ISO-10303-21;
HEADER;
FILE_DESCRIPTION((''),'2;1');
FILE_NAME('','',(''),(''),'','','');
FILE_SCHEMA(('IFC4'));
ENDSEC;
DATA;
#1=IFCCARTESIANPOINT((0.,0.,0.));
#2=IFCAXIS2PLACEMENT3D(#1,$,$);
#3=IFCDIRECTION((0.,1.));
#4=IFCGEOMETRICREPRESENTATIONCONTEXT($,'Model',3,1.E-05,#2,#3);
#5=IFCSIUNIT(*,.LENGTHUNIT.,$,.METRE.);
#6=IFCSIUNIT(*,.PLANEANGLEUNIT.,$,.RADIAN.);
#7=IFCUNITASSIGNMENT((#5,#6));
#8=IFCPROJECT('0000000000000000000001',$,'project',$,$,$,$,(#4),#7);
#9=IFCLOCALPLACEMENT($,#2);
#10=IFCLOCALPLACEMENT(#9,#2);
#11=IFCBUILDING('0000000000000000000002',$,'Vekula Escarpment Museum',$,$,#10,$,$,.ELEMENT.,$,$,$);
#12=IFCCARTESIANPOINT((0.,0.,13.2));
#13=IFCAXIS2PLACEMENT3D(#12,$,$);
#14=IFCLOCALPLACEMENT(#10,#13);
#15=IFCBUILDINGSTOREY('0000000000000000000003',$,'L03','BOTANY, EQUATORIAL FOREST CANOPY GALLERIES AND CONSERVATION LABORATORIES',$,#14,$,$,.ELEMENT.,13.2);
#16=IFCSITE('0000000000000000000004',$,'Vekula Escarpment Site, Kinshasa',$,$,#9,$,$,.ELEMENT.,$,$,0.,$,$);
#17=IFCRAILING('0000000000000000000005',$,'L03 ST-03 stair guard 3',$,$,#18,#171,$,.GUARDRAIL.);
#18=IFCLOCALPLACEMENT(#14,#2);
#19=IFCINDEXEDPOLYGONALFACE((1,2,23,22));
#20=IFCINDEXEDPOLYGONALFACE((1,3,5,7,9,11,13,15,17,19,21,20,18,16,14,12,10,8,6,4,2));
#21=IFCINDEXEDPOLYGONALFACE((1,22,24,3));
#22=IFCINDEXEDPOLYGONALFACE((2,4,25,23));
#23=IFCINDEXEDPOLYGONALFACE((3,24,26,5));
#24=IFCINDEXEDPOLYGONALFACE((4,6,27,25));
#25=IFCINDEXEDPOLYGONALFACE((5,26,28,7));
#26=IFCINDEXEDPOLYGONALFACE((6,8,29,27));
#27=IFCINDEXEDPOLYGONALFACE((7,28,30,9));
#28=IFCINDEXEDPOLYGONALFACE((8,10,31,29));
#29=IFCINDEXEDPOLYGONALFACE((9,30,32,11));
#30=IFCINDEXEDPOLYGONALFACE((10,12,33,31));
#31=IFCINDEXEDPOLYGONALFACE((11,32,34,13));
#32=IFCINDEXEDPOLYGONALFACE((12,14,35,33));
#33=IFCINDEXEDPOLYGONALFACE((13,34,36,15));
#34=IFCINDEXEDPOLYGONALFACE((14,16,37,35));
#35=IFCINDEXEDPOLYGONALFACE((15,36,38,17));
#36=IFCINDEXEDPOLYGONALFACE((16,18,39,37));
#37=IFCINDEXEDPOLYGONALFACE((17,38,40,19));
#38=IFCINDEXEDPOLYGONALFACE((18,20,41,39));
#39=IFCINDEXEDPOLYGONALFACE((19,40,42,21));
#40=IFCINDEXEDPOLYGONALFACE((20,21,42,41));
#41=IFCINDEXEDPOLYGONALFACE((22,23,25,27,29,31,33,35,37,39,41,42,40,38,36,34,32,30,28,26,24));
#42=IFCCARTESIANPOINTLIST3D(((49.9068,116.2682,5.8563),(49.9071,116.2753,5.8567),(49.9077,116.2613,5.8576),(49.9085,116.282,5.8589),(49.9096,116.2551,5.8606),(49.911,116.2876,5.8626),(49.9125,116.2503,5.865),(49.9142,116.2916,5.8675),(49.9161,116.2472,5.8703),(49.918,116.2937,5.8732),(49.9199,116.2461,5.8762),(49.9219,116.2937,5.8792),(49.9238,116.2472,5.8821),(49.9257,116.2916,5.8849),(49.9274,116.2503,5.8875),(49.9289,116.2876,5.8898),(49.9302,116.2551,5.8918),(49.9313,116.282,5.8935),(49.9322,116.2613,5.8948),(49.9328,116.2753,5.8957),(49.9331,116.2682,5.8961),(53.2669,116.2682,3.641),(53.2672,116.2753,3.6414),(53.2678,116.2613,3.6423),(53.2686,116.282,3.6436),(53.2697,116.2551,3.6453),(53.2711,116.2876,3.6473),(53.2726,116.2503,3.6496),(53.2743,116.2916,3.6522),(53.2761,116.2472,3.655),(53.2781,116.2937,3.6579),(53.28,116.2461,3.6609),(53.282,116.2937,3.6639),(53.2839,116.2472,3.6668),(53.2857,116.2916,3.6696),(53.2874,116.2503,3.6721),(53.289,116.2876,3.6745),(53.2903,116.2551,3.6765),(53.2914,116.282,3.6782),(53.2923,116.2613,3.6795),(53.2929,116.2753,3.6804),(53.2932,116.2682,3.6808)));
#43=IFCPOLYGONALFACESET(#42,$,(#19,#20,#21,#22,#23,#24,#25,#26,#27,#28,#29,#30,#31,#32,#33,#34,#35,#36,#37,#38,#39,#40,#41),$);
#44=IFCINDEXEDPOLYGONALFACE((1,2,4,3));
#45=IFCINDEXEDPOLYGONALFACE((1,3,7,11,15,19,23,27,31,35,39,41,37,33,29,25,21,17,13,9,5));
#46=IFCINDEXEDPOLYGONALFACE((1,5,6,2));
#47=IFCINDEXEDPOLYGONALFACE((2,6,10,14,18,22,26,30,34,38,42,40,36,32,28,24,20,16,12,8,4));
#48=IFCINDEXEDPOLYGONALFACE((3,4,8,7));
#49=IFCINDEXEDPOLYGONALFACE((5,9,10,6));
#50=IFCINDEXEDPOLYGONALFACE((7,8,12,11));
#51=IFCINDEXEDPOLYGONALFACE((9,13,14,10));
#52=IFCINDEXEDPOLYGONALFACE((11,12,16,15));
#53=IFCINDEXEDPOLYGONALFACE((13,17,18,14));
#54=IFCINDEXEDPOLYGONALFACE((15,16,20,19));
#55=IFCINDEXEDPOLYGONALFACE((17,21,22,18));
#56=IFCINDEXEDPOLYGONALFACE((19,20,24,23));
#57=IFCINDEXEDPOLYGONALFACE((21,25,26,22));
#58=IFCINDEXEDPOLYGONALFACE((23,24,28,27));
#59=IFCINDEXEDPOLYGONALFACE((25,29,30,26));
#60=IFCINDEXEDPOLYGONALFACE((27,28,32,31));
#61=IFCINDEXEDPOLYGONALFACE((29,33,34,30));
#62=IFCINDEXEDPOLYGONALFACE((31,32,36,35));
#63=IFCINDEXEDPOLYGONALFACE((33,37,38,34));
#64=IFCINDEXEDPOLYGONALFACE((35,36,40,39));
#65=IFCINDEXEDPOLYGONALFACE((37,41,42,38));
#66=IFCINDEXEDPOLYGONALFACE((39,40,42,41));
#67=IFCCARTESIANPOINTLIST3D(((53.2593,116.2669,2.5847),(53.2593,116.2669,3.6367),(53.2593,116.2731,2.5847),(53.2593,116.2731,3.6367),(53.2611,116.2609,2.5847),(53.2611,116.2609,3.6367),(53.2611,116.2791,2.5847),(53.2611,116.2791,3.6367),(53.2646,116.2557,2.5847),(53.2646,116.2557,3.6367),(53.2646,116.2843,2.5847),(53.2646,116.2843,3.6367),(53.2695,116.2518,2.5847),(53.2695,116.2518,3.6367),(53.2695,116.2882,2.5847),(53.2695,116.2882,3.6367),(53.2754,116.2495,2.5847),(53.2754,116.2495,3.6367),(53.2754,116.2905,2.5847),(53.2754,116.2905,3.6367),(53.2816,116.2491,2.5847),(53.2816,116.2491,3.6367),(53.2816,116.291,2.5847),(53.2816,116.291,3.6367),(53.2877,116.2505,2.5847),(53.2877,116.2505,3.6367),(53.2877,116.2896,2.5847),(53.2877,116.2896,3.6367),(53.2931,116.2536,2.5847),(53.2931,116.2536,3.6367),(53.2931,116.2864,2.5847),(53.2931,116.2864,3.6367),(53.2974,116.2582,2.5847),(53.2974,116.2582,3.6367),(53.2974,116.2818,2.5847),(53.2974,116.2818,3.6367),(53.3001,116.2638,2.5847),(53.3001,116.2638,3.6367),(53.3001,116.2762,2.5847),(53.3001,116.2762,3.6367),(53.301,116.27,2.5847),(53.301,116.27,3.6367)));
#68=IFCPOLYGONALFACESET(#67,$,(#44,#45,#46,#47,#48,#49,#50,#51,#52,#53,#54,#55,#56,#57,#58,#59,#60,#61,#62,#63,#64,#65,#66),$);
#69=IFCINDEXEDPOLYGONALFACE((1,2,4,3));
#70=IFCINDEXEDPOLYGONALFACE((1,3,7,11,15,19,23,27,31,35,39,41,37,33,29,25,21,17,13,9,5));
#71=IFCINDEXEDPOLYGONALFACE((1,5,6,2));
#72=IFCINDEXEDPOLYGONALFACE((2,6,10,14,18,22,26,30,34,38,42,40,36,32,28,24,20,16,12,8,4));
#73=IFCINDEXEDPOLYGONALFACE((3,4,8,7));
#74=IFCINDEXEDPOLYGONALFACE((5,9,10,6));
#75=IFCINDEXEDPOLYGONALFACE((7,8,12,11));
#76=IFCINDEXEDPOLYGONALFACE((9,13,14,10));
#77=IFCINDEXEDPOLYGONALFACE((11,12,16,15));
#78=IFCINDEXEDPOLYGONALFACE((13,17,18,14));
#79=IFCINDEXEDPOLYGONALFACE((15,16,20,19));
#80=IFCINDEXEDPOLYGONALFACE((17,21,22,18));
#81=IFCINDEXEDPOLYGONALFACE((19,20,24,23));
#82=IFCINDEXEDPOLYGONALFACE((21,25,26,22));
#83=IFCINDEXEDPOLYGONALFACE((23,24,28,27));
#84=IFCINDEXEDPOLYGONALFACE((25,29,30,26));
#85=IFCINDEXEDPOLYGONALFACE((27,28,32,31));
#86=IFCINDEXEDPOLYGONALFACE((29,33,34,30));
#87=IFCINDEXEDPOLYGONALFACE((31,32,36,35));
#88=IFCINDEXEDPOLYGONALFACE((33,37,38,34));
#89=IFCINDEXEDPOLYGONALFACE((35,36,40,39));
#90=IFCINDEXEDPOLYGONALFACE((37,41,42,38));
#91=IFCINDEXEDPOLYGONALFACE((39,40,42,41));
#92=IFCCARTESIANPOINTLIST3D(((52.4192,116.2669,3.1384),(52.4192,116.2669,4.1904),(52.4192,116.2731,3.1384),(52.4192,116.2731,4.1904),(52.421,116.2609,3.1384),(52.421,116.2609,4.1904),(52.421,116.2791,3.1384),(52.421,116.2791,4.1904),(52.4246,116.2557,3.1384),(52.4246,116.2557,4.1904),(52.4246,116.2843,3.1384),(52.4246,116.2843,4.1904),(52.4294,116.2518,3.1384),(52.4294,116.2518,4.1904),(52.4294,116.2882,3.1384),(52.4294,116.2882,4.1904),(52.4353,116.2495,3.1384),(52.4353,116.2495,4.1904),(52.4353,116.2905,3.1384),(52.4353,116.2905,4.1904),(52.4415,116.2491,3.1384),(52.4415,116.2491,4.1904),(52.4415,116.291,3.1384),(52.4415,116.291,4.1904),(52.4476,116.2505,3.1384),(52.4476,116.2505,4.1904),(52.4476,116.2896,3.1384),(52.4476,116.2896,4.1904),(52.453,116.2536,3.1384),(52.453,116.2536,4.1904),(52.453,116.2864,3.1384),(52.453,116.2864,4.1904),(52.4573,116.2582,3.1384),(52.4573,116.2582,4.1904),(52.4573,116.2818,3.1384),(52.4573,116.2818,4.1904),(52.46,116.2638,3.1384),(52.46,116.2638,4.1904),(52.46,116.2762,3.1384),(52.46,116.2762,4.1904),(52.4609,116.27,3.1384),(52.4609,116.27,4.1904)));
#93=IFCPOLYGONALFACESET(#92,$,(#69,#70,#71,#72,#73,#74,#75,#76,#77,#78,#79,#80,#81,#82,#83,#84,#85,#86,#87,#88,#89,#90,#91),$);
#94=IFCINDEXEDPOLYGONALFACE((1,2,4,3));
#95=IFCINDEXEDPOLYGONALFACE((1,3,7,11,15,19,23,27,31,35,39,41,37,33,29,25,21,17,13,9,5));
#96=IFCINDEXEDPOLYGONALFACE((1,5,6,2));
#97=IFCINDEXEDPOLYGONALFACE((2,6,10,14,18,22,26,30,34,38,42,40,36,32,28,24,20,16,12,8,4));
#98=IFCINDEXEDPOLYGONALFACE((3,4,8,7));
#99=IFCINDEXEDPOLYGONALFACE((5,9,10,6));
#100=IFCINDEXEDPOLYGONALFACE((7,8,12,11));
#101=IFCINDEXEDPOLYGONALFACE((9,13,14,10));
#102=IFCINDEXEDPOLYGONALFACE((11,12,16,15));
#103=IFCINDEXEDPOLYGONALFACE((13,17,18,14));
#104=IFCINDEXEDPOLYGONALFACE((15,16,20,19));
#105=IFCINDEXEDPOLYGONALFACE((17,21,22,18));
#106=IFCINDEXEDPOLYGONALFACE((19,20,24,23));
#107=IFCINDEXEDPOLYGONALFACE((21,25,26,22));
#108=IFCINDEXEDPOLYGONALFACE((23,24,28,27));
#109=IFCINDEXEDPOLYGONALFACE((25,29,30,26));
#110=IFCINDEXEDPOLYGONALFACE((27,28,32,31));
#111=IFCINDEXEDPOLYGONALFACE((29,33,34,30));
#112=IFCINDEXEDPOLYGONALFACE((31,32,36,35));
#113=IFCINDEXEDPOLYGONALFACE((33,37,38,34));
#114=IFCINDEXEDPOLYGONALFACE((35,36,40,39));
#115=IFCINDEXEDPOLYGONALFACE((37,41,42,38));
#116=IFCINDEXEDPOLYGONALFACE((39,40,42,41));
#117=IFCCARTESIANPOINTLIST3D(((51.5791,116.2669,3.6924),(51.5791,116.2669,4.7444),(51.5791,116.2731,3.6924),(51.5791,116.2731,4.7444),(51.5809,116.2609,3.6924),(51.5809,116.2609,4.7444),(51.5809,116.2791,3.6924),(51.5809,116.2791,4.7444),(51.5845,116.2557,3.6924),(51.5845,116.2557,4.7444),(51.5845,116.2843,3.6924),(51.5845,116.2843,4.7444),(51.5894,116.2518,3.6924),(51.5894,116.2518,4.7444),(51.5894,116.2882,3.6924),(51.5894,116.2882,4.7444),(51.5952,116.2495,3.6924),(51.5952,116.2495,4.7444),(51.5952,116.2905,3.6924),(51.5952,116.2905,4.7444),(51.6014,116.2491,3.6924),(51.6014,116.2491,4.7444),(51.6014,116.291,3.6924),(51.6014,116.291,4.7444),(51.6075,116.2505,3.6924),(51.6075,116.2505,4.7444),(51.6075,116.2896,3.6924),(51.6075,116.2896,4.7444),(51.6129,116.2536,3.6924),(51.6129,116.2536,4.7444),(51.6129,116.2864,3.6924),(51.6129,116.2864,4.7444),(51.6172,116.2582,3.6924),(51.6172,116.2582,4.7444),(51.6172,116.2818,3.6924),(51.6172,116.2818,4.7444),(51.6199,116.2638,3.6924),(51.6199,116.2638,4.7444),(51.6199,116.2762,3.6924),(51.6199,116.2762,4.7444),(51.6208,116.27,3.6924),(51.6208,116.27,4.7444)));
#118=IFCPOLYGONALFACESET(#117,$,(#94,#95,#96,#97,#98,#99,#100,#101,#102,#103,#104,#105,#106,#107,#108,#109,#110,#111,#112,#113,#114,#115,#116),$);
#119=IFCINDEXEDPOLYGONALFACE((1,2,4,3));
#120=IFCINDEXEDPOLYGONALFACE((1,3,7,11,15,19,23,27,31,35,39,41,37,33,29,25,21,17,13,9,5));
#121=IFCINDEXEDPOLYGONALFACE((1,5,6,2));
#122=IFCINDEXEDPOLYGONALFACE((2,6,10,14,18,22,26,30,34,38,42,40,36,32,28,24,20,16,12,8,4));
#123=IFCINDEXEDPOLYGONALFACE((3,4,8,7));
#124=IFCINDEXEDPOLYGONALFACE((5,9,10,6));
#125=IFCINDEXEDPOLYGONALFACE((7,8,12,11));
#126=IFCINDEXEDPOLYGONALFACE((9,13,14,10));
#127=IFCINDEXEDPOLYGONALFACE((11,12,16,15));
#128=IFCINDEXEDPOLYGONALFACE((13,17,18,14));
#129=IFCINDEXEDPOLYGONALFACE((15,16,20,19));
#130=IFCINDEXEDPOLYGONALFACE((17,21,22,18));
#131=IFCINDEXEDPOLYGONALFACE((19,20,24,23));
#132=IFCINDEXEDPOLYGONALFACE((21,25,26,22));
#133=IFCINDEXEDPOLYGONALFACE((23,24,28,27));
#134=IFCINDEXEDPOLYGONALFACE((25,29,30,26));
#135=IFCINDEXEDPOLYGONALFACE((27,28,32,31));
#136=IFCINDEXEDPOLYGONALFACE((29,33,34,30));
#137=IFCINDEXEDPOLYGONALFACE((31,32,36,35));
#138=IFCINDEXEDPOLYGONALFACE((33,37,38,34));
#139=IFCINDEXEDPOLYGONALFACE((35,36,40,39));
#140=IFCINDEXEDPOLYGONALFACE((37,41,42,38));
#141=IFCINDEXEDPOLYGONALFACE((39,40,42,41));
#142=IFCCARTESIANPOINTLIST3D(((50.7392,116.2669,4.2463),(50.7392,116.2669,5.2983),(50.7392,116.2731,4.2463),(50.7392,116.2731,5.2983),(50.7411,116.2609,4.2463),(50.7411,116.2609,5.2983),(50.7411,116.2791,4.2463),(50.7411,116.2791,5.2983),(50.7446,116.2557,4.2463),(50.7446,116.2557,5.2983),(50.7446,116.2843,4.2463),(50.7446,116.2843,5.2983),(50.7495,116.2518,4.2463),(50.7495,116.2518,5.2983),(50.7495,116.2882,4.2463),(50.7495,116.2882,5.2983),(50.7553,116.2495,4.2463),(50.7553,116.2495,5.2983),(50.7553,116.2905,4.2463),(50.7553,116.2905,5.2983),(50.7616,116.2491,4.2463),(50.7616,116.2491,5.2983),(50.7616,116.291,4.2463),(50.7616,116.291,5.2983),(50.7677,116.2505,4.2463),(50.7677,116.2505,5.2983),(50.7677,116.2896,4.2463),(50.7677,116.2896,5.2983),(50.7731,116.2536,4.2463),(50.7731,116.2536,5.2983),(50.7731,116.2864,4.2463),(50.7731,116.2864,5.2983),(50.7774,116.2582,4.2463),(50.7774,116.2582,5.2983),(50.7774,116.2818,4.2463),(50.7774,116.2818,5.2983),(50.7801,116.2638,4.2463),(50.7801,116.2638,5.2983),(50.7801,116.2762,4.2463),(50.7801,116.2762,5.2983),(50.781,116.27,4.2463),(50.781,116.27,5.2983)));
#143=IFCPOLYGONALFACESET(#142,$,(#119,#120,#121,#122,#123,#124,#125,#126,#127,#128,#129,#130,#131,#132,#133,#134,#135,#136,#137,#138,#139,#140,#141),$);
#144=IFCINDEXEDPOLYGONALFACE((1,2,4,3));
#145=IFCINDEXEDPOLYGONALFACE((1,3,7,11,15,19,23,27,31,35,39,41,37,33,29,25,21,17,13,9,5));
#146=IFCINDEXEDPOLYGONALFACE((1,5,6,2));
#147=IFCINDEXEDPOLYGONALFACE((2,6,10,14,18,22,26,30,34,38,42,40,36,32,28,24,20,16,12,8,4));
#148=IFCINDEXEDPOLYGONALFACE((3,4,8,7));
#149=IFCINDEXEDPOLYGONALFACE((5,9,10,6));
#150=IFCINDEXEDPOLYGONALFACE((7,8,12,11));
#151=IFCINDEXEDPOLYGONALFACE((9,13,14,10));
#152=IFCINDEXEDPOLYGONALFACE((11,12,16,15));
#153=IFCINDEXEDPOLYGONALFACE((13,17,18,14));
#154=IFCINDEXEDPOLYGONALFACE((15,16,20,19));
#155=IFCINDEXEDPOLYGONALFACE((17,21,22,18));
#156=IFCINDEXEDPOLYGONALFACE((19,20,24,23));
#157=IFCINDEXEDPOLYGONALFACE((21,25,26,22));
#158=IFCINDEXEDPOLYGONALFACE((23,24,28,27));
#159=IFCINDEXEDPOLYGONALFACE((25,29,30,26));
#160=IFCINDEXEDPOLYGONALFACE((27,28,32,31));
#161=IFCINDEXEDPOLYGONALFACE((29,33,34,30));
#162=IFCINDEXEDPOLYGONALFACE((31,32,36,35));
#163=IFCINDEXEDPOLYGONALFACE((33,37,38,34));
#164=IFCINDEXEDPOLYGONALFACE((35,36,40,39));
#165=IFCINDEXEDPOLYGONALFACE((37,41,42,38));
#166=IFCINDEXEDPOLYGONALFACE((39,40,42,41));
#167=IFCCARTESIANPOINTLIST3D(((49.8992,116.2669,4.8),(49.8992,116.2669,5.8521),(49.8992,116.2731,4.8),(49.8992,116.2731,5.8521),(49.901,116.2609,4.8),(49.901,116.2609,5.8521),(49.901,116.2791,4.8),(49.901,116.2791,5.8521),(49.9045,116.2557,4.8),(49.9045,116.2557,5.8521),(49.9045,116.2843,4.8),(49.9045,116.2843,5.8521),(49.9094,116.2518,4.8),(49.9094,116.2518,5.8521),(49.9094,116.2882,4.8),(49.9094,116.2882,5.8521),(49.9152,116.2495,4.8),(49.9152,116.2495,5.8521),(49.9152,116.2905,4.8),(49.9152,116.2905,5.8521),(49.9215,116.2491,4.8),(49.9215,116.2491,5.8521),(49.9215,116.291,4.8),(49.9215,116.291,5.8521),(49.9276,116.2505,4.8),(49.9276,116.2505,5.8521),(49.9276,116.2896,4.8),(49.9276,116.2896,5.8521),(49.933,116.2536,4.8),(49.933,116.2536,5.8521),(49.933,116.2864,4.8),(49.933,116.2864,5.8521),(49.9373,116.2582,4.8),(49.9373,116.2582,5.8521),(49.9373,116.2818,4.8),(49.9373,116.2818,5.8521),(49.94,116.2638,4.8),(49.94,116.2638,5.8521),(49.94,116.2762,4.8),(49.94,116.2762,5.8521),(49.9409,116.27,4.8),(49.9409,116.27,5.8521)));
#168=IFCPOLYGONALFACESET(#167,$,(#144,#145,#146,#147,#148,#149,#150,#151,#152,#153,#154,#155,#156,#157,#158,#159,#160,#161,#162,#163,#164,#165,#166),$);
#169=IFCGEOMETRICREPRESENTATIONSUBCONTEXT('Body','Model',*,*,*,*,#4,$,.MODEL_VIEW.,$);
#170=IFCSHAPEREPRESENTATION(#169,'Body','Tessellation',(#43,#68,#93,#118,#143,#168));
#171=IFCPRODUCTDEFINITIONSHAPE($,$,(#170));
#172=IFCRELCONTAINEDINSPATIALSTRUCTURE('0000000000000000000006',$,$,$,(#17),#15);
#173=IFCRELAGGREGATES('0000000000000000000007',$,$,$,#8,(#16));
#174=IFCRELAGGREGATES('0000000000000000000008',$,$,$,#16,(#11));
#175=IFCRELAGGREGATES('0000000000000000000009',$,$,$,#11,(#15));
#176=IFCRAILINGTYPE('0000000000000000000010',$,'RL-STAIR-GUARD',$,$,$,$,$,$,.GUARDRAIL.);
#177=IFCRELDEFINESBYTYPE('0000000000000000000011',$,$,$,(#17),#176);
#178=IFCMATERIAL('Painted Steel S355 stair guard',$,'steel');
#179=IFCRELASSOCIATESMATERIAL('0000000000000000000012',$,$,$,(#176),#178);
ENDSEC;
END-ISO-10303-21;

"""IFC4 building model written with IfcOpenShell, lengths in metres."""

from ifc_helpers import new_model, si_unit, direction, frame, origin, origin_2d, place, context, subcontext, project, spatial, circle, extrude, material, type_object, element, save


model = new_model("IFC4")

# Units and contexts
model_context = context("Model", 3, precision=1e-05, world=origin(), true_north=direction((0.0, 1.0)))
body_context = subcontext(model_context, "Body", "Model", "MODEL_VIEW")
ifc_project = project(units=[si_unit("LENGTHUNIT", "METRE"), si_unit("PLANEANGLEUNIT", "RADIAN")], contexts=[model_context])

# Site, building, storey
site_placement = place(None, origin())
site = spatial("IfcSite", under=ifc_project, at=site_placement, Name="Vekula Escarpment Site, Kinshasa", CompositionType="ELEMENT", RefElevation=0.0)
building_placement = place(site_placement, origin())
building = spatial("IfcBuilding", under=site, at=building_placement, Name="Vekula Escarpment Museum", CompositionType="ELEMENT")
storey_placement = place(building_placement, frame((0.0, 0.0, 13.2)))
storey = spatial("IfcBuildingStorey", under=building, at=storey_placement, Name="L03", Description="BOTANY, EQUATORIAL FOREST CANOPY GALLERIES AND CONSERVATION LABORATORIES", CompositionType="ELEMENT", Elevation=13.2)

# Railing
ifc_material_1 = material(Name="Painted Steel S355 stair guard", Category="steel")
railing_type_1 = type_object("IfcRailingType", Name="RL-STAIR-GUARD", PredefinedType="GUARDRAIL", material=ifc_material_1)
railing_1_placement = place(storey_placement, frame((53.28, 116.27, 2.5847)))
element("IfcRailing", 1, at=railing_1_placement, inside=storey, type_object=railing_type_1, Name="L03 ST-03 stair guard 3", PredefinedType="GUARDRAIL", context=body_context, shape_type="SweptSolid", body=[
    extrude(circle(Radius=0.0239, at=origin_2d()), frame((0.0, 0.0, 1.0762), z_axis=(-0.834876, 0.0, 0.550437), x_axis=(0.0, -1.0, 0.0)), (0.0, 0.0, 1.0), 4.0247),
    extrude(circle(Radius=0.021, at=origin_2d()), origin(), (0.0, 0.0, 1.0), 1.052),
    extrude(circle(Radius=0.021, at=origin_2d()), frame((-0.8401, 0.0, 0.5537)), (0.0, 0.0, 1.0), 1.052),
    extrude(circle(Radius=0.021, at=origin_2d()), frame((-1.6802, 0.0, 1.1077)), (0.0, 0.0, 1.0), 1.052),
    extrude(circle(Radius=0.021, at=origin_2d()), frame((-2.52, 0.0, 1.6616)), (0.0, 0.0, 1.0), 1.052),
    extrude(circle(Radius=0.021, at=origin_2d()), frame((-3.3601, 0.0, 2.2153)), (0.0, 0.0, 1.0), 1.052),
])

save(model, "model.ifc")
